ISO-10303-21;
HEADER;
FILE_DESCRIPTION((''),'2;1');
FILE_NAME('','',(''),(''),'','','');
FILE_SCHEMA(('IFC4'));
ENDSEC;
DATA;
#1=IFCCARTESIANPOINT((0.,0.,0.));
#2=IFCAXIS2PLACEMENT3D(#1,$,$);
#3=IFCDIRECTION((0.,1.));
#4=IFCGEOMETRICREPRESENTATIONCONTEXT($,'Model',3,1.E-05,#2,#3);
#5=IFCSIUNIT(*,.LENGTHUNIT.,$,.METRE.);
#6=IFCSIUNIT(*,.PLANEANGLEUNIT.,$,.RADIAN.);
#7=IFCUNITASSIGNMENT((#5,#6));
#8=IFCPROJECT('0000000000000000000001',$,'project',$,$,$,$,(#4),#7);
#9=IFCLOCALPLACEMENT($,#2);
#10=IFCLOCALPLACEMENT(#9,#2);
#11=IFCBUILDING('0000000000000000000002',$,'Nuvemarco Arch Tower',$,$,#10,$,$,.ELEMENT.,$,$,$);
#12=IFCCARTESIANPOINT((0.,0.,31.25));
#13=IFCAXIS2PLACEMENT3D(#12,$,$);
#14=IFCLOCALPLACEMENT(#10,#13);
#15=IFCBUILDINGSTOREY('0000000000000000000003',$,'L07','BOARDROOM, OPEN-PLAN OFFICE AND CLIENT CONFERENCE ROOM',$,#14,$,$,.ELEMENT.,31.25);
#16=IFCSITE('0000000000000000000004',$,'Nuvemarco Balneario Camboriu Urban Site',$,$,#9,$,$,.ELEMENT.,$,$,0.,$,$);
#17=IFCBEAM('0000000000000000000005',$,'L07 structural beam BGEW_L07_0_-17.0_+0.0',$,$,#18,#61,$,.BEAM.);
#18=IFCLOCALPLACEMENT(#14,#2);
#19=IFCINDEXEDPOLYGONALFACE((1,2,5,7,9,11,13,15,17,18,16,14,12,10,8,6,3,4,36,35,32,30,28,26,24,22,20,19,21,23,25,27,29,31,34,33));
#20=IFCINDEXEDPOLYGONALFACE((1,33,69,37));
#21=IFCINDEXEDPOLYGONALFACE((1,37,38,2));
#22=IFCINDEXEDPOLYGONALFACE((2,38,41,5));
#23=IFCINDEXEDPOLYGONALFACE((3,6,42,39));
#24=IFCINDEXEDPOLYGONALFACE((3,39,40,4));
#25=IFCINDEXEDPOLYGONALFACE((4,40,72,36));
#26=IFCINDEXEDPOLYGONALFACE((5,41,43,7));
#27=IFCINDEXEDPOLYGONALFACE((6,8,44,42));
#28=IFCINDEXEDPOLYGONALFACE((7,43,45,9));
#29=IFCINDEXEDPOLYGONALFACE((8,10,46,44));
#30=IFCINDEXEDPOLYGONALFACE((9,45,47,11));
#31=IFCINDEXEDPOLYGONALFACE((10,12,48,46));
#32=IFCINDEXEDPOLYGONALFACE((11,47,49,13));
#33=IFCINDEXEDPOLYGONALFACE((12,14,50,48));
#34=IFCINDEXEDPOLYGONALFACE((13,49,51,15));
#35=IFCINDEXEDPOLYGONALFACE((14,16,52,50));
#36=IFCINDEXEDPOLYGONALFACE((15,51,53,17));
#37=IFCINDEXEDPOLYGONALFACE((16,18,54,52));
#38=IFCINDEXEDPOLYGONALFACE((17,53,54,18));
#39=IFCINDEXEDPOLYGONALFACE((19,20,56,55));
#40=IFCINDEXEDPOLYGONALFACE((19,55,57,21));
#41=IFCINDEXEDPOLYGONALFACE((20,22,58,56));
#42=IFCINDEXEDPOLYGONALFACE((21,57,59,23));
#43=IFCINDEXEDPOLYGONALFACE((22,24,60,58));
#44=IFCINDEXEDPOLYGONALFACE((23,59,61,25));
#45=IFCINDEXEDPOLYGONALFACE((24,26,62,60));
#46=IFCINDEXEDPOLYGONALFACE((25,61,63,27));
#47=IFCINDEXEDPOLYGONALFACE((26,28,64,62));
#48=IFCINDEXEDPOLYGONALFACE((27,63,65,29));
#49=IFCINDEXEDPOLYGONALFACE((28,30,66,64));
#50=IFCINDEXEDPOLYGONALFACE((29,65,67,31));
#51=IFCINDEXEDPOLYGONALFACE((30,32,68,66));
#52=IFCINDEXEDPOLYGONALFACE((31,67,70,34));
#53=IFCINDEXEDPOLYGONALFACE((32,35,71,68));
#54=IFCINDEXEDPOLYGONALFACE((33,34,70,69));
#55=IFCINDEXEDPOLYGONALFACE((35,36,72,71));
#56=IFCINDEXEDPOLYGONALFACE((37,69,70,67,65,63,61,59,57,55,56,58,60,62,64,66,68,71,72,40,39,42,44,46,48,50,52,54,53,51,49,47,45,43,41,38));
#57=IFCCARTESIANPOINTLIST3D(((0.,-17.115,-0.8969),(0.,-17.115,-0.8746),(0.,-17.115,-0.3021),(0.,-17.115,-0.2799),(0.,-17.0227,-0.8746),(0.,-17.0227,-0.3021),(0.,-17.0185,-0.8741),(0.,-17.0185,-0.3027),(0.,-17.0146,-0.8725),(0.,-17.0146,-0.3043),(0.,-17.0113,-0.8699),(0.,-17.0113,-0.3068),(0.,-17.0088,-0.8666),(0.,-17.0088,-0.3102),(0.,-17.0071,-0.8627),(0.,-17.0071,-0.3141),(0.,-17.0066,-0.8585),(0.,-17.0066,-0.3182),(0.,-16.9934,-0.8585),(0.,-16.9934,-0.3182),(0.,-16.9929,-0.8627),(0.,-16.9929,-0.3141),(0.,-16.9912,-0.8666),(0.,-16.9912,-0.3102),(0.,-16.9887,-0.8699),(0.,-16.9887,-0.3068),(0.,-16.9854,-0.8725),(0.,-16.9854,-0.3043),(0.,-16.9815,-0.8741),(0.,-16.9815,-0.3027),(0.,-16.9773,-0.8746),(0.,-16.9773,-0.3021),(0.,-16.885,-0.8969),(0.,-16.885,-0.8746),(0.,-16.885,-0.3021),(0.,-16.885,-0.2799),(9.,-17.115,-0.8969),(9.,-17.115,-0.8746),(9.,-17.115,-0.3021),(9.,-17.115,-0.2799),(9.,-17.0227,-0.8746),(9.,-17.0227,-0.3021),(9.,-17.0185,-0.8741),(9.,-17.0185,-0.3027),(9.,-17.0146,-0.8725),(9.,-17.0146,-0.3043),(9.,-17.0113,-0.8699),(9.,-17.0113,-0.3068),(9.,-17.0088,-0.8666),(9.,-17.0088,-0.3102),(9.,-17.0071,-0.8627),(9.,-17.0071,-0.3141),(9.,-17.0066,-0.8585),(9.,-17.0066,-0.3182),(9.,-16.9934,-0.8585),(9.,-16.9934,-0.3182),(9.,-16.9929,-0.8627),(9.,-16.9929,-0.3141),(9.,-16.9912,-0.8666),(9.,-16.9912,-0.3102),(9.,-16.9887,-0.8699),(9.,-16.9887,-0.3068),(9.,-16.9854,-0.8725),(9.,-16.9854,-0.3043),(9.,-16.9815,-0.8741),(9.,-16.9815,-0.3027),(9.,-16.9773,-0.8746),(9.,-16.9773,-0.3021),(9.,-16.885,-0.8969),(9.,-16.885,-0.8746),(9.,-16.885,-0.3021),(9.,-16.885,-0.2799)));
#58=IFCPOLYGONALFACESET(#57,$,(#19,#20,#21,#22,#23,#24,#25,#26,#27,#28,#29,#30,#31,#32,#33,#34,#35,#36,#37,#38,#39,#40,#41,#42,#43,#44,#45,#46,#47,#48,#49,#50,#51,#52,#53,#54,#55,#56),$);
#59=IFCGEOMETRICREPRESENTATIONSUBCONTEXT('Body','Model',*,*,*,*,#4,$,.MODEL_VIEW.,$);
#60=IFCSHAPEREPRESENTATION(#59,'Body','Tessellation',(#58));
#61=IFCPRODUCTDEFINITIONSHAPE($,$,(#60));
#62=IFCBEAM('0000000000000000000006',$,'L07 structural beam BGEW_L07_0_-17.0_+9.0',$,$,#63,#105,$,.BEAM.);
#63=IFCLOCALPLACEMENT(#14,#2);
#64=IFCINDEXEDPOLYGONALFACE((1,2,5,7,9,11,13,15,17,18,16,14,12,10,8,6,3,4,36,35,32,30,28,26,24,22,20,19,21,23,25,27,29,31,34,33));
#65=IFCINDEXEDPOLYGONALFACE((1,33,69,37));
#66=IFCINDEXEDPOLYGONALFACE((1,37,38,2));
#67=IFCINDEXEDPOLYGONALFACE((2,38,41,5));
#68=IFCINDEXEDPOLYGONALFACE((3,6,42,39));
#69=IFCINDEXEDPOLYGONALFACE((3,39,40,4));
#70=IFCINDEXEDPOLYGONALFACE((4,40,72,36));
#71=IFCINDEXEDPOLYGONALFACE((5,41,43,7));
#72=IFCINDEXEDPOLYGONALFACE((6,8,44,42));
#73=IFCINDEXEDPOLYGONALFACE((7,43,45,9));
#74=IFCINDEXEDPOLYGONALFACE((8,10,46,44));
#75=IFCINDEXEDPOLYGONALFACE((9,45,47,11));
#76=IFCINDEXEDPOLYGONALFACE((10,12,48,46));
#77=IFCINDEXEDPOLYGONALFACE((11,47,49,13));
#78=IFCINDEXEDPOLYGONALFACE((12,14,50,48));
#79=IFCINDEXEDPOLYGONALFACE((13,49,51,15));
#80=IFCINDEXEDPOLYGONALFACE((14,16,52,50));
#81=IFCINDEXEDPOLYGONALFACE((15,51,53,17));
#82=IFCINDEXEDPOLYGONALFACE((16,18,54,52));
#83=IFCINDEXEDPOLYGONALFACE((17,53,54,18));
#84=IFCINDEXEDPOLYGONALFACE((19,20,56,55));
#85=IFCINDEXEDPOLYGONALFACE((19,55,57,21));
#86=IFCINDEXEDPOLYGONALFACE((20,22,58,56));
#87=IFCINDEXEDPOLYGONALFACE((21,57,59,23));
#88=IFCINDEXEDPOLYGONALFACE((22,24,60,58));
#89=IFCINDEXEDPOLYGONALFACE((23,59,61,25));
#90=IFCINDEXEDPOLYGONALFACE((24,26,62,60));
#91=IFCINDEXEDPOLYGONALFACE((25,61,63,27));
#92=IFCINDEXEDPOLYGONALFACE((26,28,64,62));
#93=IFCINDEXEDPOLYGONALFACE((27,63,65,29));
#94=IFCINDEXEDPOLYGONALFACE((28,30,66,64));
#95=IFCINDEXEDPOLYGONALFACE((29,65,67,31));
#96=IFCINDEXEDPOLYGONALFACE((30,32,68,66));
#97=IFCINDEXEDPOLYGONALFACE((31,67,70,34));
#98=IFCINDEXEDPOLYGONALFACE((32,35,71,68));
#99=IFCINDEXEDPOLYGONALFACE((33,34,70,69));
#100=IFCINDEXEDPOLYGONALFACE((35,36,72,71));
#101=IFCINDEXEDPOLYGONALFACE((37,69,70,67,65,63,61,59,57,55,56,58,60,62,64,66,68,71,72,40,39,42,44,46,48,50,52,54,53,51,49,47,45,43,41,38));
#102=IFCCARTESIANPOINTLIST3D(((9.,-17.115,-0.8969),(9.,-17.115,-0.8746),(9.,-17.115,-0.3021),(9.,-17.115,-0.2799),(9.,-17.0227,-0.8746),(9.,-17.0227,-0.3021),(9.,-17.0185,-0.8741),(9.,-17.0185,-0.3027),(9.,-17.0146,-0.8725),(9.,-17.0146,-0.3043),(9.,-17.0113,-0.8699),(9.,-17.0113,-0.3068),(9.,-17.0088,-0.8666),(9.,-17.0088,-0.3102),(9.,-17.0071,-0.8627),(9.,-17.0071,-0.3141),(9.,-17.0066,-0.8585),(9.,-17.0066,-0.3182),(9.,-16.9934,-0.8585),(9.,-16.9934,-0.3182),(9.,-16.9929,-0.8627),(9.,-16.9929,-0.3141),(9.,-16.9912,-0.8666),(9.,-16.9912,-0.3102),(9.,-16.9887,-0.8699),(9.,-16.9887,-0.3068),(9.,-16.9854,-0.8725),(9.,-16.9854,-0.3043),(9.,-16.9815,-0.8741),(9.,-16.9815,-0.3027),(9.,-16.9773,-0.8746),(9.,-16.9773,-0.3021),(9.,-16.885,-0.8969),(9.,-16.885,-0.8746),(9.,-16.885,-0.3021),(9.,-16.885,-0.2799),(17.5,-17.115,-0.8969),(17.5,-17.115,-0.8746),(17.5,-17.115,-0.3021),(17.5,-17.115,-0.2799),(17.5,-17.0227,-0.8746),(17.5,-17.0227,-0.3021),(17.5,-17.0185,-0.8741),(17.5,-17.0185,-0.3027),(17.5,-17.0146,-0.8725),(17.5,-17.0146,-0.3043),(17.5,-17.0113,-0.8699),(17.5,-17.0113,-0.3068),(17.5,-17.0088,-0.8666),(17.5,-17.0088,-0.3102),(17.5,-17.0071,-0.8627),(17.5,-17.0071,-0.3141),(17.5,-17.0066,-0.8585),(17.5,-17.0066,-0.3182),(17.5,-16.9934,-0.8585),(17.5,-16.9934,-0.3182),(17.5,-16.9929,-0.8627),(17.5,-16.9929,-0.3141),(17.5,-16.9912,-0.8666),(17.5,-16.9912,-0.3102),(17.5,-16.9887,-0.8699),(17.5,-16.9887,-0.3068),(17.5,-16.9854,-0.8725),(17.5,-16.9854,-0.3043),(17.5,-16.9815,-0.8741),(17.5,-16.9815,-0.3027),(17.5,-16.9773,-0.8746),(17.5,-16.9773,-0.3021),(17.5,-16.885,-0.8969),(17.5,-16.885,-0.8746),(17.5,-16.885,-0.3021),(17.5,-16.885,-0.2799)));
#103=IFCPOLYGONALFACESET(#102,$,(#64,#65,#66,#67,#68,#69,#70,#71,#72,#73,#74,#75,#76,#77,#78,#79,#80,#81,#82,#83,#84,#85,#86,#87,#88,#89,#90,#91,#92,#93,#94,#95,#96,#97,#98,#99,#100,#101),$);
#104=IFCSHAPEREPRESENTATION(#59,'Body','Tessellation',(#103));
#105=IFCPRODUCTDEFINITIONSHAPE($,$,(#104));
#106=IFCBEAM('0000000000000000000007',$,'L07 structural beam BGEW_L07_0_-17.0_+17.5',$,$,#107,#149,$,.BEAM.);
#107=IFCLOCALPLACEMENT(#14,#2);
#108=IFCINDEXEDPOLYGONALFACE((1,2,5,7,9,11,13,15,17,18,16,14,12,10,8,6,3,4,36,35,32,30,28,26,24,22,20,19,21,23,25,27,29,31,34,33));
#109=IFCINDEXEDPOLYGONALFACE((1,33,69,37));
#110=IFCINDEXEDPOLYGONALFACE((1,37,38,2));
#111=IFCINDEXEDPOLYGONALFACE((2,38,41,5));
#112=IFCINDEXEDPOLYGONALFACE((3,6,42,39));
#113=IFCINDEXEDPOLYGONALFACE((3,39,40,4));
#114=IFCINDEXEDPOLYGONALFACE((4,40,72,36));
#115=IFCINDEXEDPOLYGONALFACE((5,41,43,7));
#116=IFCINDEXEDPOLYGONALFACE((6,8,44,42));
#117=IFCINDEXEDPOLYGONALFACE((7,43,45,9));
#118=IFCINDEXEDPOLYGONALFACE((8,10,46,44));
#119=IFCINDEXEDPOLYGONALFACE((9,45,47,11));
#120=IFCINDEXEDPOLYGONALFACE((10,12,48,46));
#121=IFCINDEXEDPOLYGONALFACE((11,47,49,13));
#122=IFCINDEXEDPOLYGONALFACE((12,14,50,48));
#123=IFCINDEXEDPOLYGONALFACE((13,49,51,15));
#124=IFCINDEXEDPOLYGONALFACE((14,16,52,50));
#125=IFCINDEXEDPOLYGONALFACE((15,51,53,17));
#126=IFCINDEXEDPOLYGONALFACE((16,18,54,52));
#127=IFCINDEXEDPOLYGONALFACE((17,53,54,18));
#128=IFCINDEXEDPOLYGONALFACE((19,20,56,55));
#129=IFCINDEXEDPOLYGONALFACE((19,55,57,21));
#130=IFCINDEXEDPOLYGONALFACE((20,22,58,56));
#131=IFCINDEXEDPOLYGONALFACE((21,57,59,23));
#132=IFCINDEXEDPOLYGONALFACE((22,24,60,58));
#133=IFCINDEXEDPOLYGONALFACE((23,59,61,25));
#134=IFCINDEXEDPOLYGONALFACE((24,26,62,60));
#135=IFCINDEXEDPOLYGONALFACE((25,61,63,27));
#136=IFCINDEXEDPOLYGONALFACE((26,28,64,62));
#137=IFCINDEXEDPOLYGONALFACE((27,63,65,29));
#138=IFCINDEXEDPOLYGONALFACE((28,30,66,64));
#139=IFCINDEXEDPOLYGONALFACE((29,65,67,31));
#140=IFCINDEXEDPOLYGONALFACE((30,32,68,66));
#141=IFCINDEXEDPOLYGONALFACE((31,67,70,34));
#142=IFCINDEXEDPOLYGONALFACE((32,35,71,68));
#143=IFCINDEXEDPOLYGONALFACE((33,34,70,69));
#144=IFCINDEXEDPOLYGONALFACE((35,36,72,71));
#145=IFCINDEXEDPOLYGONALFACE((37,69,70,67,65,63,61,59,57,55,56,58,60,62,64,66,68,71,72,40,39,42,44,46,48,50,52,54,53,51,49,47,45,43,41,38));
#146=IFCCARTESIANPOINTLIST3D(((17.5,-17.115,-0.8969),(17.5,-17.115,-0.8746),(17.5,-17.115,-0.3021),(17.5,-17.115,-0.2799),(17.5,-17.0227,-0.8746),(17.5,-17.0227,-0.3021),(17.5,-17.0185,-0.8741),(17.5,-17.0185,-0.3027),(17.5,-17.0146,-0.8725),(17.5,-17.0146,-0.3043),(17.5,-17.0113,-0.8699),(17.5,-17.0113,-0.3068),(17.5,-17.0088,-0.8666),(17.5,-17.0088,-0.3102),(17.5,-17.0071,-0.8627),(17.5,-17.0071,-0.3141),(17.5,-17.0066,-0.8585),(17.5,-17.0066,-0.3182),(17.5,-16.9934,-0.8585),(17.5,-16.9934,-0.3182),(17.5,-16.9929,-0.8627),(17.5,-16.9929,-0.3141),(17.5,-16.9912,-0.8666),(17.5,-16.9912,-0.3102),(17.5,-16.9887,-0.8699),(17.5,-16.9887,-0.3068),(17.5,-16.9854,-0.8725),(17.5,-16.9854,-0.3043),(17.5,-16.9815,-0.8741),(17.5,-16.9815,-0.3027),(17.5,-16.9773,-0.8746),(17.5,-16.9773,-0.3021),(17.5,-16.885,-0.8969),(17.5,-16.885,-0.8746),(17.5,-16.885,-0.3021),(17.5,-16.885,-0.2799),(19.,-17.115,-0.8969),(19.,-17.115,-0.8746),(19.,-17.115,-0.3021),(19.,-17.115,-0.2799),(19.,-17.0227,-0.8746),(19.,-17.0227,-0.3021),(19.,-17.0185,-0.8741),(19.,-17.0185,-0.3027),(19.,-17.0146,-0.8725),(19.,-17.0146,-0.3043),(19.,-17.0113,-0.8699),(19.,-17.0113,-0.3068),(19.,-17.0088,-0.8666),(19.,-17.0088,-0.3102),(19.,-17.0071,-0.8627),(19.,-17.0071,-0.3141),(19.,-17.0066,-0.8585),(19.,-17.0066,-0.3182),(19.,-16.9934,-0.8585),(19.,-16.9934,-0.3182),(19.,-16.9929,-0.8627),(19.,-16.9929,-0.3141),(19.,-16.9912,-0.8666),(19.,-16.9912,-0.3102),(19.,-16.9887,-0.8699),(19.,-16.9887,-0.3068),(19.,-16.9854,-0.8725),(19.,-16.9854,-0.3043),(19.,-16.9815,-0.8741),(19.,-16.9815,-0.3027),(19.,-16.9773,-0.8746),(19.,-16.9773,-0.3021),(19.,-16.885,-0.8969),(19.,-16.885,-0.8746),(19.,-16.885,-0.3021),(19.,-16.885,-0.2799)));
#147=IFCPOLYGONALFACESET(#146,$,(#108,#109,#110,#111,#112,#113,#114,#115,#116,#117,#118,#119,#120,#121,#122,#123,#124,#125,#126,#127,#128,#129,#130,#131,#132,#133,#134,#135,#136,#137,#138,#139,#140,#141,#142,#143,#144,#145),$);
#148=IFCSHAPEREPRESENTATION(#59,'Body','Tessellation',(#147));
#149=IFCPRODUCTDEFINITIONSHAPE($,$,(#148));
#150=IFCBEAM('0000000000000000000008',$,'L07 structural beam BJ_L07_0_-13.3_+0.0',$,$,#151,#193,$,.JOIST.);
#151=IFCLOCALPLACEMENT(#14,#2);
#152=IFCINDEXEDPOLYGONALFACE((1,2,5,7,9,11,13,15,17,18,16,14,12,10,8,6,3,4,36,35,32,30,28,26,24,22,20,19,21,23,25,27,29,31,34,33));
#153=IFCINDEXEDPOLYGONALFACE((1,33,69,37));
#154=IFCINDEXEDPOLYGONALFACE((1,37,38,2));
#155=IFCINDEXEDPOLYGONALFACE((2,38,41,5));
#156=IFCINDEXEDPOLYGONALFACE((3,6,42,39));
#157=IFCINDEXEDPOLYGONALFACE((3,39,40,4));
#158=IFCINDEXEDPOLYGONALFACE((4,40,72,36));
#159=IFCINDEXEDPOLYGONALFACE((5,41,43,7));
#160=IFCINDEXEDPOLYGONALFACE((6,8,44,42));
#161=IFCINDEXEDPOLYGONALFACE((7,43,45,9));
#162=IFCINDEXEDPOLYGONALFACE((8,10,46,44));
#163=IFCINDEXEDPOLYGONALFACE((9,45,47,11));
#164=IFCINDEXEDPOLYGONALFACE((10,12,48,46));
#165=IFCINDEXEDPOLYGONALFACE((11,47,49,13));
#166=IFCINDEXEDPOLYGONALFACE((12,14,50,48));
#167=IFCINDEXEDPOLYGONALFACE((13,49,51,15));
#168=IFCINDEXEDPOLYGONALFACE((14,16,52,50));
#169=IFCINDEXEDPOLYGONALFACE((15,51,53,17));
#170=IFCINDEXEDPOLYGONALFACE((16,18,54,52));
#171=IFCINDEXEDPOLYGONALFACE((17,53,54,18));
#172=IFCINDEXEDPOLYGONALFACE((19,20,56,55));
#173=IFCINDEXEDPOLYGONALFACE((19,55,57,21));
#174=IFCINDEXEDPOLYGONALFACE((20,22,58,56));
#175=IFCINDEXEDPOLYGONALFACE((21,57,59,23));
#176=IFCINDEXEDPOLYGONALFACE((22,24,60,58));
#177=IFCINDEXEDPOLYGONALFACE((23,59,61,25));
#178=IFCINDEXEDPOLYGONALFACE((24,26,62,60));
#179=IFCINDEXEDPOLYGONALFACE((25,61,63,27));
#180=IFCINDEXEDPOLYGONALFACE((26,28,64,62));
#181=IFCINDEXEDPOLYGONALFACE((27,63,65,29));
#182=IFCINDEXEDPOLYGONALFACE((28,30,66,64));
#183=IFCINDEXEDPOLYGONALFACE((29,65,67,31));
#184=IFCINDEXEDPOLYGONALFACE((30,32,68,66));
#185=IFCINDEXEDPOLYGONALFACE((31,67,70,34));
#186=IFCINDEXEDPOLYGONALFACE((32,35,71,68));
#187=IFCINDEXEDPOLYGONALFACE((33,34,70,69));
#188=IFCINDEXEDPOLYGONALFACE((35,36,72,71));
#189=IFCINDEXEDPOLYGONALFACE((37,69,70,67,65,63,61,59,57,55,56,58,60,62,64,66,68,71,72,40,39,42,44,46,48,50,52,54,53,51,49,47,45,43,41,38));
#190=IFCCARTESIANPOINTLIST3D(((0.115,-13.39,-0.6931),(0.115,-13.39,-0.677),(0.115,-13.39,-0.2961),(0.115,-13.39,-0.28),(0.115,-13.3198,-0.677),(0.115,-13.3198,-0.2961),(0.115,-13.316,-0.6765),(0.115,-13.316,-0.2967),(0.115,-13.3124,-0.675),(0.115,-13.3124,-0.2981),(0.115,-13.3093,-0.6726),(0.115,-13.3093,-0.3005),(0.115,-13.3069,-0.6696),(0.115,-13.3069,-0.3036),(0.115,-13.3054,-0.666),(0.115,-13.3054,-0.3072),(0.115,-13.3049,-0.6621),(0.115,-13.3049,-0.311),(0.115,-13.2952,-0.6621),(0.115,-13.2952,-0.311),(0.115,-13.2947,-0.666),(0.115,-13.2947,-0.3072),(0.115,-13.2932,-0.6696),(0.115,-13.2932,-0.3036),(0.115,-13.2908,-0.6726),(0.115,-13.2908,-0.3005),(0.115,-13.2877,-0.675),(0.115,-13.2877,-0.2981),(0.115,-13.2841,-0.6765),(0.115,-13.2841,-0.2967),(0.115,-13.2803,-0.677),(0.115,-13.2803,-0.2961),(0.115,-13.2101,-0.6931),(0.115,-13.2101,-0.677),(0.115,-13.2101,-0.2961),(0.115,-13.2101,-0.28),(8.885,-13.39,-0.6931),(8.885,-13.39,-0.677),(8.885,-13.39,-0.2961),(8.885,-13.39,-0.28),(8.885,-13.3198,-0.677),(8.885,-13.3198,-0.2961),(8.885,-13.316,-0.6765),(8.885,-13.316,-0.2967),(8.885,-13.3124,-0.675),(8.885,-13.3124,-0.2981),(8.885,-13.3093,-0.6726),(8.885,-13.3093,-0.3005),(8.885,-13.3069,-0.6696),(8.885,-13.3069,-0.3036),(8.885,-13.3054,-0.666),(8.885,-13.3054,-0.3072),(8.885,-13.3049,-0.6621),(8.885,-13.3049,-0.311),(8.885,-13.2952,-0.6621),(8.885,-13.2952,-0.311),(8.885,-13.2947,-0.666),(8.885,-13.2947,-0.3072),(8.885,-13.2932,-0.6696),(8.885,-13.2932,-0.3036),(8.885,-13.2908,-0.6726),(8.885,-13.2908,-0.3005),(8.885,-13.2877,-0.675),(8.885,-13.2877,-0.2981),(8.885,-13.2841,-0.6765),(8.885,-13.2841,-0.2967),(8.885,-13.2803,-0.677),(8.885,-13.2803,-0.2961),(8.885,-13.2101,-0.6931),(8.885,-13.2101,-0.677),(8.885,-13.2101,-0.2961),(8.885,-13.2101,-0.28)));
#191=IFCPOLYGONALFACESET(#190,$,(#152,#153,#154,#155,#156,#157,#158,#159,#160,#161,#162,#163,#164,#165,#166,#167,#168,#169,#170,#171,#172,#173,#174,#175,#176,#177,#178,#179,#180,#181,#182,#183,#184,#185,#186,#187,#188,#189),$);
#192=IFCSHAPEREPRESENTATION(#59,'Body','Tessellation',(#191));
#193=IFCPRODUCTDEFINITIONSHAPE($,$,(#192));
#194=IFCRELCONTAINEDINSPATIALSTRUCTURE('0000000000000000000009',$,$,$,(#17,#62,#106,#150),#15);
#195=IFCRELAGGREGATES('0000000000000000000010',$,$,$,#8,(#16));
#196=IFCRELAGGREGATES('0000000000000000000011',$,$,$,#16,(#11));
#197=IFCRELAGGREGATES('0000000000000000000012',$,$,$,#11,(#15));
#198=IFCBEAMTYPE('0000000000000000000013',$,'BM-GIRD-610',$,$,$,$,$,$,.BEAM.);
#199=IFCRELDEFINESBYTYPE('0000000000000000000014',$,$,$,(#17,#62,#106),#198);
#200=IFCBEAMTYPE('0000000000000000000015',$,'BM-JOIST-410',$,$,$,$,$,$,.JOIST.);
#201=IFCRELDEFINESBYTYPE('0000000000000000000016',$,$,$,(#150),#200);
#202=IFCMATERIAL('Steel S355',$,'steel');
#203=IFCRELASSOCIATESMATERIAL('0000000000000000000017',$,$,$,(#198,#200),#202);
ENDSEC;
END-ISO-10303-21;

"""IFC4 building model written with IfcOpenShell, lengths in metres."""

from ifc_helpers import new_model, si_unit, direction, frame, origin, origin_2d, place, context, subcontext, project, spatial, i_section, extrude, material, material_profile, profile_set, type_object, element, save


model = new_model("IFC4")

# Units and contexts
model_context = context("Model", 3, precision=1e-05, world=origin(), true_north=direction((0.0, 1.0)))
body_context = subcontext(model_context, "Body", "Model", "MODEL_VIEW")
ifc_project = project(units=[si_unit("LENGTHUNIT", "METRE"), si_unit("PLANEANGLEUNIT", "RADIAN")], contexts=[model_context])

# Site, building, storey
site_placement = place(None, origin())
site = spatial("IfcSite", under=ifc_project, at=site_placement, Name="Nuvemarco Balneario Camboriu Urban Site", CompositionType="ELEMENT", RefElevation=0.0)
building_placement = place(site_placement, origin())
building = spatial("IfcBuilding", under=site, at=building_placement, Name="Nuvemarco Arch Tower", CompositionType="ELEMENT")
storey_placement = place(building_placement, frame((0.0, 0.0, 31.25)))
storey = spatial("IfcBuildingStorey", under=building, at=storey_placement, Name="L07", Description="BOARDROOM, OPEN-PLAN OFFICE AND CLIENT CONFERENCE ROOM", CompositionType="ELEMENT", Elevation=31.25)

# Shared definitions
ifc_material_1 = material(Name="Steel S355", Category="steel")

# Beams
ifc_material_profile_1 = material_profile(ifc_material_1, i_section(OverallWidth=0.23, OverallDepth=0.6169, WebThickness=0.0132, FlangeThickness=0.0222, FilletRadius=0.0161, at=origin_2d()), Name="W610x140")
ifc_profile_set_1 = profile_set([ifc_material_profile_1], Name="Steel S355")
beam_type_1 = type_object("IfcBeamType", Name="BM-GIRD-610", PredefinedType="BEAM", material=ifc_profile_set_1)
beam_1_placement = place(storey_placement, frame((0.0, -17.0, -0.5884), z_axis=(1.0, 0.0, 0.0), x_axis=(0.0, 1.0, 0.0)))
element("IfcBeam", 1, at=beam_1_placement, inside=storey, type_object=beam_type_1, Name="L07 structural beam BGEW_L07_0_-17.0_+0.0", PredefinedType="BEAM", context=body_context, shape_type="SweptSolid", body=[
    extrude(i_section(OverallWidth=0.23, OverallDepth=0.6169, WebThickness=0.0132, FlangeThickness=0.0222, FilletRadius=0.0161, at=origin_2d()), origin(), (0.0, 0.0, 1.0), 9.0),
])
beam_2_placement = place(storey_placement, frame((9.0, -17.0, -0.5884), z_axis=(1.0, 0.0, 0.0), x_axis=(0.0, 1.0, 0.0)))
element("IfcBeam", 2, at=beam_2_placement, inside=storey, type_object=beam_type_1, Name="L07 structural beam BGEW_L07_0_-17.0_+9.0", PredefinedType="BEAM", context=body_context, shape_type="SweptSolid", body=[
    extrude(i_section(OverallWidth=0.23, OverallDepth=0.6169, WebThickness=0.0132, FlangeThickness=0.0222, FilletRadius=0.0161, at=origin_2d()), origin(), (0.0, 0.0, 1.0), 8.5),
])
beam_3_placement = place(storey_placement, frame((17.5, -17.0, -0.5884), z_axis=(1.0, 0.0, 0.0), x_axis=(0.0, 1.0, 0.0)))
element("IfcBeam", 3, at=beam_3_placement, inside=storey, type_object=beam_type_1, Name="L07 structural beam BGEW_L07_0_-17.0_+17.5", PredefinedType="BEAM", context=body_context, shape_type="SweptSolid", body=[
    extrude(i_section(OverallWidth=0.23, OverallDepth=0.6169, WebThickness=0.0132, FlangeThickness=0.0222, FilletRadius=0.0161, at=origin_2d()), origin(), (0.0, 0.0, 1.0), 1.5),
])
ifc_material_profile_2 = material_profile(ifc_material_1, i_section(OverallWidth=0.1799, OverallDepth=0.4131, WebThickness=0.0098, FlangeThickness=0.0161, FilletRadius=0.0149, at=origin_2d()), Name="W410x75")
ifc_profile_set_2 = profile_set([ifc_material_profile_2], Name="Steel S355")
beam_type_2 = type_object("IfcBeamType", Name="BM-JOIST-410", PredefinedType="JOIST", material=ifc_profile_set_2)
beam_4_placement = place(storey_placement, frame((0.115, -13.3, -0.4866), z_axis=(1.0, 0.0, 0.0), x_axis=(0.0, 1.0, 0.0)))
element("IfcBeam", 4, at=beam_4_placement, inside=storey, type_object=beam_type_2, Name="L07 structural beam BJ_L07_0_-13.3_+0.0", PredefinedType="JOIST", context=body_context, shape_type="SweptSolid", body=[
    extrude(i_section(OverallWidth=0.1799, OverallDepth=0.4131, WebThickness=0.0098, FlangeThickness=0.0161, FilletRadius=0.0149, at=origin_2d()), origin(), (0.0, 0.0, 1.0), 8.77),
])

save(model, "model.ifc")
